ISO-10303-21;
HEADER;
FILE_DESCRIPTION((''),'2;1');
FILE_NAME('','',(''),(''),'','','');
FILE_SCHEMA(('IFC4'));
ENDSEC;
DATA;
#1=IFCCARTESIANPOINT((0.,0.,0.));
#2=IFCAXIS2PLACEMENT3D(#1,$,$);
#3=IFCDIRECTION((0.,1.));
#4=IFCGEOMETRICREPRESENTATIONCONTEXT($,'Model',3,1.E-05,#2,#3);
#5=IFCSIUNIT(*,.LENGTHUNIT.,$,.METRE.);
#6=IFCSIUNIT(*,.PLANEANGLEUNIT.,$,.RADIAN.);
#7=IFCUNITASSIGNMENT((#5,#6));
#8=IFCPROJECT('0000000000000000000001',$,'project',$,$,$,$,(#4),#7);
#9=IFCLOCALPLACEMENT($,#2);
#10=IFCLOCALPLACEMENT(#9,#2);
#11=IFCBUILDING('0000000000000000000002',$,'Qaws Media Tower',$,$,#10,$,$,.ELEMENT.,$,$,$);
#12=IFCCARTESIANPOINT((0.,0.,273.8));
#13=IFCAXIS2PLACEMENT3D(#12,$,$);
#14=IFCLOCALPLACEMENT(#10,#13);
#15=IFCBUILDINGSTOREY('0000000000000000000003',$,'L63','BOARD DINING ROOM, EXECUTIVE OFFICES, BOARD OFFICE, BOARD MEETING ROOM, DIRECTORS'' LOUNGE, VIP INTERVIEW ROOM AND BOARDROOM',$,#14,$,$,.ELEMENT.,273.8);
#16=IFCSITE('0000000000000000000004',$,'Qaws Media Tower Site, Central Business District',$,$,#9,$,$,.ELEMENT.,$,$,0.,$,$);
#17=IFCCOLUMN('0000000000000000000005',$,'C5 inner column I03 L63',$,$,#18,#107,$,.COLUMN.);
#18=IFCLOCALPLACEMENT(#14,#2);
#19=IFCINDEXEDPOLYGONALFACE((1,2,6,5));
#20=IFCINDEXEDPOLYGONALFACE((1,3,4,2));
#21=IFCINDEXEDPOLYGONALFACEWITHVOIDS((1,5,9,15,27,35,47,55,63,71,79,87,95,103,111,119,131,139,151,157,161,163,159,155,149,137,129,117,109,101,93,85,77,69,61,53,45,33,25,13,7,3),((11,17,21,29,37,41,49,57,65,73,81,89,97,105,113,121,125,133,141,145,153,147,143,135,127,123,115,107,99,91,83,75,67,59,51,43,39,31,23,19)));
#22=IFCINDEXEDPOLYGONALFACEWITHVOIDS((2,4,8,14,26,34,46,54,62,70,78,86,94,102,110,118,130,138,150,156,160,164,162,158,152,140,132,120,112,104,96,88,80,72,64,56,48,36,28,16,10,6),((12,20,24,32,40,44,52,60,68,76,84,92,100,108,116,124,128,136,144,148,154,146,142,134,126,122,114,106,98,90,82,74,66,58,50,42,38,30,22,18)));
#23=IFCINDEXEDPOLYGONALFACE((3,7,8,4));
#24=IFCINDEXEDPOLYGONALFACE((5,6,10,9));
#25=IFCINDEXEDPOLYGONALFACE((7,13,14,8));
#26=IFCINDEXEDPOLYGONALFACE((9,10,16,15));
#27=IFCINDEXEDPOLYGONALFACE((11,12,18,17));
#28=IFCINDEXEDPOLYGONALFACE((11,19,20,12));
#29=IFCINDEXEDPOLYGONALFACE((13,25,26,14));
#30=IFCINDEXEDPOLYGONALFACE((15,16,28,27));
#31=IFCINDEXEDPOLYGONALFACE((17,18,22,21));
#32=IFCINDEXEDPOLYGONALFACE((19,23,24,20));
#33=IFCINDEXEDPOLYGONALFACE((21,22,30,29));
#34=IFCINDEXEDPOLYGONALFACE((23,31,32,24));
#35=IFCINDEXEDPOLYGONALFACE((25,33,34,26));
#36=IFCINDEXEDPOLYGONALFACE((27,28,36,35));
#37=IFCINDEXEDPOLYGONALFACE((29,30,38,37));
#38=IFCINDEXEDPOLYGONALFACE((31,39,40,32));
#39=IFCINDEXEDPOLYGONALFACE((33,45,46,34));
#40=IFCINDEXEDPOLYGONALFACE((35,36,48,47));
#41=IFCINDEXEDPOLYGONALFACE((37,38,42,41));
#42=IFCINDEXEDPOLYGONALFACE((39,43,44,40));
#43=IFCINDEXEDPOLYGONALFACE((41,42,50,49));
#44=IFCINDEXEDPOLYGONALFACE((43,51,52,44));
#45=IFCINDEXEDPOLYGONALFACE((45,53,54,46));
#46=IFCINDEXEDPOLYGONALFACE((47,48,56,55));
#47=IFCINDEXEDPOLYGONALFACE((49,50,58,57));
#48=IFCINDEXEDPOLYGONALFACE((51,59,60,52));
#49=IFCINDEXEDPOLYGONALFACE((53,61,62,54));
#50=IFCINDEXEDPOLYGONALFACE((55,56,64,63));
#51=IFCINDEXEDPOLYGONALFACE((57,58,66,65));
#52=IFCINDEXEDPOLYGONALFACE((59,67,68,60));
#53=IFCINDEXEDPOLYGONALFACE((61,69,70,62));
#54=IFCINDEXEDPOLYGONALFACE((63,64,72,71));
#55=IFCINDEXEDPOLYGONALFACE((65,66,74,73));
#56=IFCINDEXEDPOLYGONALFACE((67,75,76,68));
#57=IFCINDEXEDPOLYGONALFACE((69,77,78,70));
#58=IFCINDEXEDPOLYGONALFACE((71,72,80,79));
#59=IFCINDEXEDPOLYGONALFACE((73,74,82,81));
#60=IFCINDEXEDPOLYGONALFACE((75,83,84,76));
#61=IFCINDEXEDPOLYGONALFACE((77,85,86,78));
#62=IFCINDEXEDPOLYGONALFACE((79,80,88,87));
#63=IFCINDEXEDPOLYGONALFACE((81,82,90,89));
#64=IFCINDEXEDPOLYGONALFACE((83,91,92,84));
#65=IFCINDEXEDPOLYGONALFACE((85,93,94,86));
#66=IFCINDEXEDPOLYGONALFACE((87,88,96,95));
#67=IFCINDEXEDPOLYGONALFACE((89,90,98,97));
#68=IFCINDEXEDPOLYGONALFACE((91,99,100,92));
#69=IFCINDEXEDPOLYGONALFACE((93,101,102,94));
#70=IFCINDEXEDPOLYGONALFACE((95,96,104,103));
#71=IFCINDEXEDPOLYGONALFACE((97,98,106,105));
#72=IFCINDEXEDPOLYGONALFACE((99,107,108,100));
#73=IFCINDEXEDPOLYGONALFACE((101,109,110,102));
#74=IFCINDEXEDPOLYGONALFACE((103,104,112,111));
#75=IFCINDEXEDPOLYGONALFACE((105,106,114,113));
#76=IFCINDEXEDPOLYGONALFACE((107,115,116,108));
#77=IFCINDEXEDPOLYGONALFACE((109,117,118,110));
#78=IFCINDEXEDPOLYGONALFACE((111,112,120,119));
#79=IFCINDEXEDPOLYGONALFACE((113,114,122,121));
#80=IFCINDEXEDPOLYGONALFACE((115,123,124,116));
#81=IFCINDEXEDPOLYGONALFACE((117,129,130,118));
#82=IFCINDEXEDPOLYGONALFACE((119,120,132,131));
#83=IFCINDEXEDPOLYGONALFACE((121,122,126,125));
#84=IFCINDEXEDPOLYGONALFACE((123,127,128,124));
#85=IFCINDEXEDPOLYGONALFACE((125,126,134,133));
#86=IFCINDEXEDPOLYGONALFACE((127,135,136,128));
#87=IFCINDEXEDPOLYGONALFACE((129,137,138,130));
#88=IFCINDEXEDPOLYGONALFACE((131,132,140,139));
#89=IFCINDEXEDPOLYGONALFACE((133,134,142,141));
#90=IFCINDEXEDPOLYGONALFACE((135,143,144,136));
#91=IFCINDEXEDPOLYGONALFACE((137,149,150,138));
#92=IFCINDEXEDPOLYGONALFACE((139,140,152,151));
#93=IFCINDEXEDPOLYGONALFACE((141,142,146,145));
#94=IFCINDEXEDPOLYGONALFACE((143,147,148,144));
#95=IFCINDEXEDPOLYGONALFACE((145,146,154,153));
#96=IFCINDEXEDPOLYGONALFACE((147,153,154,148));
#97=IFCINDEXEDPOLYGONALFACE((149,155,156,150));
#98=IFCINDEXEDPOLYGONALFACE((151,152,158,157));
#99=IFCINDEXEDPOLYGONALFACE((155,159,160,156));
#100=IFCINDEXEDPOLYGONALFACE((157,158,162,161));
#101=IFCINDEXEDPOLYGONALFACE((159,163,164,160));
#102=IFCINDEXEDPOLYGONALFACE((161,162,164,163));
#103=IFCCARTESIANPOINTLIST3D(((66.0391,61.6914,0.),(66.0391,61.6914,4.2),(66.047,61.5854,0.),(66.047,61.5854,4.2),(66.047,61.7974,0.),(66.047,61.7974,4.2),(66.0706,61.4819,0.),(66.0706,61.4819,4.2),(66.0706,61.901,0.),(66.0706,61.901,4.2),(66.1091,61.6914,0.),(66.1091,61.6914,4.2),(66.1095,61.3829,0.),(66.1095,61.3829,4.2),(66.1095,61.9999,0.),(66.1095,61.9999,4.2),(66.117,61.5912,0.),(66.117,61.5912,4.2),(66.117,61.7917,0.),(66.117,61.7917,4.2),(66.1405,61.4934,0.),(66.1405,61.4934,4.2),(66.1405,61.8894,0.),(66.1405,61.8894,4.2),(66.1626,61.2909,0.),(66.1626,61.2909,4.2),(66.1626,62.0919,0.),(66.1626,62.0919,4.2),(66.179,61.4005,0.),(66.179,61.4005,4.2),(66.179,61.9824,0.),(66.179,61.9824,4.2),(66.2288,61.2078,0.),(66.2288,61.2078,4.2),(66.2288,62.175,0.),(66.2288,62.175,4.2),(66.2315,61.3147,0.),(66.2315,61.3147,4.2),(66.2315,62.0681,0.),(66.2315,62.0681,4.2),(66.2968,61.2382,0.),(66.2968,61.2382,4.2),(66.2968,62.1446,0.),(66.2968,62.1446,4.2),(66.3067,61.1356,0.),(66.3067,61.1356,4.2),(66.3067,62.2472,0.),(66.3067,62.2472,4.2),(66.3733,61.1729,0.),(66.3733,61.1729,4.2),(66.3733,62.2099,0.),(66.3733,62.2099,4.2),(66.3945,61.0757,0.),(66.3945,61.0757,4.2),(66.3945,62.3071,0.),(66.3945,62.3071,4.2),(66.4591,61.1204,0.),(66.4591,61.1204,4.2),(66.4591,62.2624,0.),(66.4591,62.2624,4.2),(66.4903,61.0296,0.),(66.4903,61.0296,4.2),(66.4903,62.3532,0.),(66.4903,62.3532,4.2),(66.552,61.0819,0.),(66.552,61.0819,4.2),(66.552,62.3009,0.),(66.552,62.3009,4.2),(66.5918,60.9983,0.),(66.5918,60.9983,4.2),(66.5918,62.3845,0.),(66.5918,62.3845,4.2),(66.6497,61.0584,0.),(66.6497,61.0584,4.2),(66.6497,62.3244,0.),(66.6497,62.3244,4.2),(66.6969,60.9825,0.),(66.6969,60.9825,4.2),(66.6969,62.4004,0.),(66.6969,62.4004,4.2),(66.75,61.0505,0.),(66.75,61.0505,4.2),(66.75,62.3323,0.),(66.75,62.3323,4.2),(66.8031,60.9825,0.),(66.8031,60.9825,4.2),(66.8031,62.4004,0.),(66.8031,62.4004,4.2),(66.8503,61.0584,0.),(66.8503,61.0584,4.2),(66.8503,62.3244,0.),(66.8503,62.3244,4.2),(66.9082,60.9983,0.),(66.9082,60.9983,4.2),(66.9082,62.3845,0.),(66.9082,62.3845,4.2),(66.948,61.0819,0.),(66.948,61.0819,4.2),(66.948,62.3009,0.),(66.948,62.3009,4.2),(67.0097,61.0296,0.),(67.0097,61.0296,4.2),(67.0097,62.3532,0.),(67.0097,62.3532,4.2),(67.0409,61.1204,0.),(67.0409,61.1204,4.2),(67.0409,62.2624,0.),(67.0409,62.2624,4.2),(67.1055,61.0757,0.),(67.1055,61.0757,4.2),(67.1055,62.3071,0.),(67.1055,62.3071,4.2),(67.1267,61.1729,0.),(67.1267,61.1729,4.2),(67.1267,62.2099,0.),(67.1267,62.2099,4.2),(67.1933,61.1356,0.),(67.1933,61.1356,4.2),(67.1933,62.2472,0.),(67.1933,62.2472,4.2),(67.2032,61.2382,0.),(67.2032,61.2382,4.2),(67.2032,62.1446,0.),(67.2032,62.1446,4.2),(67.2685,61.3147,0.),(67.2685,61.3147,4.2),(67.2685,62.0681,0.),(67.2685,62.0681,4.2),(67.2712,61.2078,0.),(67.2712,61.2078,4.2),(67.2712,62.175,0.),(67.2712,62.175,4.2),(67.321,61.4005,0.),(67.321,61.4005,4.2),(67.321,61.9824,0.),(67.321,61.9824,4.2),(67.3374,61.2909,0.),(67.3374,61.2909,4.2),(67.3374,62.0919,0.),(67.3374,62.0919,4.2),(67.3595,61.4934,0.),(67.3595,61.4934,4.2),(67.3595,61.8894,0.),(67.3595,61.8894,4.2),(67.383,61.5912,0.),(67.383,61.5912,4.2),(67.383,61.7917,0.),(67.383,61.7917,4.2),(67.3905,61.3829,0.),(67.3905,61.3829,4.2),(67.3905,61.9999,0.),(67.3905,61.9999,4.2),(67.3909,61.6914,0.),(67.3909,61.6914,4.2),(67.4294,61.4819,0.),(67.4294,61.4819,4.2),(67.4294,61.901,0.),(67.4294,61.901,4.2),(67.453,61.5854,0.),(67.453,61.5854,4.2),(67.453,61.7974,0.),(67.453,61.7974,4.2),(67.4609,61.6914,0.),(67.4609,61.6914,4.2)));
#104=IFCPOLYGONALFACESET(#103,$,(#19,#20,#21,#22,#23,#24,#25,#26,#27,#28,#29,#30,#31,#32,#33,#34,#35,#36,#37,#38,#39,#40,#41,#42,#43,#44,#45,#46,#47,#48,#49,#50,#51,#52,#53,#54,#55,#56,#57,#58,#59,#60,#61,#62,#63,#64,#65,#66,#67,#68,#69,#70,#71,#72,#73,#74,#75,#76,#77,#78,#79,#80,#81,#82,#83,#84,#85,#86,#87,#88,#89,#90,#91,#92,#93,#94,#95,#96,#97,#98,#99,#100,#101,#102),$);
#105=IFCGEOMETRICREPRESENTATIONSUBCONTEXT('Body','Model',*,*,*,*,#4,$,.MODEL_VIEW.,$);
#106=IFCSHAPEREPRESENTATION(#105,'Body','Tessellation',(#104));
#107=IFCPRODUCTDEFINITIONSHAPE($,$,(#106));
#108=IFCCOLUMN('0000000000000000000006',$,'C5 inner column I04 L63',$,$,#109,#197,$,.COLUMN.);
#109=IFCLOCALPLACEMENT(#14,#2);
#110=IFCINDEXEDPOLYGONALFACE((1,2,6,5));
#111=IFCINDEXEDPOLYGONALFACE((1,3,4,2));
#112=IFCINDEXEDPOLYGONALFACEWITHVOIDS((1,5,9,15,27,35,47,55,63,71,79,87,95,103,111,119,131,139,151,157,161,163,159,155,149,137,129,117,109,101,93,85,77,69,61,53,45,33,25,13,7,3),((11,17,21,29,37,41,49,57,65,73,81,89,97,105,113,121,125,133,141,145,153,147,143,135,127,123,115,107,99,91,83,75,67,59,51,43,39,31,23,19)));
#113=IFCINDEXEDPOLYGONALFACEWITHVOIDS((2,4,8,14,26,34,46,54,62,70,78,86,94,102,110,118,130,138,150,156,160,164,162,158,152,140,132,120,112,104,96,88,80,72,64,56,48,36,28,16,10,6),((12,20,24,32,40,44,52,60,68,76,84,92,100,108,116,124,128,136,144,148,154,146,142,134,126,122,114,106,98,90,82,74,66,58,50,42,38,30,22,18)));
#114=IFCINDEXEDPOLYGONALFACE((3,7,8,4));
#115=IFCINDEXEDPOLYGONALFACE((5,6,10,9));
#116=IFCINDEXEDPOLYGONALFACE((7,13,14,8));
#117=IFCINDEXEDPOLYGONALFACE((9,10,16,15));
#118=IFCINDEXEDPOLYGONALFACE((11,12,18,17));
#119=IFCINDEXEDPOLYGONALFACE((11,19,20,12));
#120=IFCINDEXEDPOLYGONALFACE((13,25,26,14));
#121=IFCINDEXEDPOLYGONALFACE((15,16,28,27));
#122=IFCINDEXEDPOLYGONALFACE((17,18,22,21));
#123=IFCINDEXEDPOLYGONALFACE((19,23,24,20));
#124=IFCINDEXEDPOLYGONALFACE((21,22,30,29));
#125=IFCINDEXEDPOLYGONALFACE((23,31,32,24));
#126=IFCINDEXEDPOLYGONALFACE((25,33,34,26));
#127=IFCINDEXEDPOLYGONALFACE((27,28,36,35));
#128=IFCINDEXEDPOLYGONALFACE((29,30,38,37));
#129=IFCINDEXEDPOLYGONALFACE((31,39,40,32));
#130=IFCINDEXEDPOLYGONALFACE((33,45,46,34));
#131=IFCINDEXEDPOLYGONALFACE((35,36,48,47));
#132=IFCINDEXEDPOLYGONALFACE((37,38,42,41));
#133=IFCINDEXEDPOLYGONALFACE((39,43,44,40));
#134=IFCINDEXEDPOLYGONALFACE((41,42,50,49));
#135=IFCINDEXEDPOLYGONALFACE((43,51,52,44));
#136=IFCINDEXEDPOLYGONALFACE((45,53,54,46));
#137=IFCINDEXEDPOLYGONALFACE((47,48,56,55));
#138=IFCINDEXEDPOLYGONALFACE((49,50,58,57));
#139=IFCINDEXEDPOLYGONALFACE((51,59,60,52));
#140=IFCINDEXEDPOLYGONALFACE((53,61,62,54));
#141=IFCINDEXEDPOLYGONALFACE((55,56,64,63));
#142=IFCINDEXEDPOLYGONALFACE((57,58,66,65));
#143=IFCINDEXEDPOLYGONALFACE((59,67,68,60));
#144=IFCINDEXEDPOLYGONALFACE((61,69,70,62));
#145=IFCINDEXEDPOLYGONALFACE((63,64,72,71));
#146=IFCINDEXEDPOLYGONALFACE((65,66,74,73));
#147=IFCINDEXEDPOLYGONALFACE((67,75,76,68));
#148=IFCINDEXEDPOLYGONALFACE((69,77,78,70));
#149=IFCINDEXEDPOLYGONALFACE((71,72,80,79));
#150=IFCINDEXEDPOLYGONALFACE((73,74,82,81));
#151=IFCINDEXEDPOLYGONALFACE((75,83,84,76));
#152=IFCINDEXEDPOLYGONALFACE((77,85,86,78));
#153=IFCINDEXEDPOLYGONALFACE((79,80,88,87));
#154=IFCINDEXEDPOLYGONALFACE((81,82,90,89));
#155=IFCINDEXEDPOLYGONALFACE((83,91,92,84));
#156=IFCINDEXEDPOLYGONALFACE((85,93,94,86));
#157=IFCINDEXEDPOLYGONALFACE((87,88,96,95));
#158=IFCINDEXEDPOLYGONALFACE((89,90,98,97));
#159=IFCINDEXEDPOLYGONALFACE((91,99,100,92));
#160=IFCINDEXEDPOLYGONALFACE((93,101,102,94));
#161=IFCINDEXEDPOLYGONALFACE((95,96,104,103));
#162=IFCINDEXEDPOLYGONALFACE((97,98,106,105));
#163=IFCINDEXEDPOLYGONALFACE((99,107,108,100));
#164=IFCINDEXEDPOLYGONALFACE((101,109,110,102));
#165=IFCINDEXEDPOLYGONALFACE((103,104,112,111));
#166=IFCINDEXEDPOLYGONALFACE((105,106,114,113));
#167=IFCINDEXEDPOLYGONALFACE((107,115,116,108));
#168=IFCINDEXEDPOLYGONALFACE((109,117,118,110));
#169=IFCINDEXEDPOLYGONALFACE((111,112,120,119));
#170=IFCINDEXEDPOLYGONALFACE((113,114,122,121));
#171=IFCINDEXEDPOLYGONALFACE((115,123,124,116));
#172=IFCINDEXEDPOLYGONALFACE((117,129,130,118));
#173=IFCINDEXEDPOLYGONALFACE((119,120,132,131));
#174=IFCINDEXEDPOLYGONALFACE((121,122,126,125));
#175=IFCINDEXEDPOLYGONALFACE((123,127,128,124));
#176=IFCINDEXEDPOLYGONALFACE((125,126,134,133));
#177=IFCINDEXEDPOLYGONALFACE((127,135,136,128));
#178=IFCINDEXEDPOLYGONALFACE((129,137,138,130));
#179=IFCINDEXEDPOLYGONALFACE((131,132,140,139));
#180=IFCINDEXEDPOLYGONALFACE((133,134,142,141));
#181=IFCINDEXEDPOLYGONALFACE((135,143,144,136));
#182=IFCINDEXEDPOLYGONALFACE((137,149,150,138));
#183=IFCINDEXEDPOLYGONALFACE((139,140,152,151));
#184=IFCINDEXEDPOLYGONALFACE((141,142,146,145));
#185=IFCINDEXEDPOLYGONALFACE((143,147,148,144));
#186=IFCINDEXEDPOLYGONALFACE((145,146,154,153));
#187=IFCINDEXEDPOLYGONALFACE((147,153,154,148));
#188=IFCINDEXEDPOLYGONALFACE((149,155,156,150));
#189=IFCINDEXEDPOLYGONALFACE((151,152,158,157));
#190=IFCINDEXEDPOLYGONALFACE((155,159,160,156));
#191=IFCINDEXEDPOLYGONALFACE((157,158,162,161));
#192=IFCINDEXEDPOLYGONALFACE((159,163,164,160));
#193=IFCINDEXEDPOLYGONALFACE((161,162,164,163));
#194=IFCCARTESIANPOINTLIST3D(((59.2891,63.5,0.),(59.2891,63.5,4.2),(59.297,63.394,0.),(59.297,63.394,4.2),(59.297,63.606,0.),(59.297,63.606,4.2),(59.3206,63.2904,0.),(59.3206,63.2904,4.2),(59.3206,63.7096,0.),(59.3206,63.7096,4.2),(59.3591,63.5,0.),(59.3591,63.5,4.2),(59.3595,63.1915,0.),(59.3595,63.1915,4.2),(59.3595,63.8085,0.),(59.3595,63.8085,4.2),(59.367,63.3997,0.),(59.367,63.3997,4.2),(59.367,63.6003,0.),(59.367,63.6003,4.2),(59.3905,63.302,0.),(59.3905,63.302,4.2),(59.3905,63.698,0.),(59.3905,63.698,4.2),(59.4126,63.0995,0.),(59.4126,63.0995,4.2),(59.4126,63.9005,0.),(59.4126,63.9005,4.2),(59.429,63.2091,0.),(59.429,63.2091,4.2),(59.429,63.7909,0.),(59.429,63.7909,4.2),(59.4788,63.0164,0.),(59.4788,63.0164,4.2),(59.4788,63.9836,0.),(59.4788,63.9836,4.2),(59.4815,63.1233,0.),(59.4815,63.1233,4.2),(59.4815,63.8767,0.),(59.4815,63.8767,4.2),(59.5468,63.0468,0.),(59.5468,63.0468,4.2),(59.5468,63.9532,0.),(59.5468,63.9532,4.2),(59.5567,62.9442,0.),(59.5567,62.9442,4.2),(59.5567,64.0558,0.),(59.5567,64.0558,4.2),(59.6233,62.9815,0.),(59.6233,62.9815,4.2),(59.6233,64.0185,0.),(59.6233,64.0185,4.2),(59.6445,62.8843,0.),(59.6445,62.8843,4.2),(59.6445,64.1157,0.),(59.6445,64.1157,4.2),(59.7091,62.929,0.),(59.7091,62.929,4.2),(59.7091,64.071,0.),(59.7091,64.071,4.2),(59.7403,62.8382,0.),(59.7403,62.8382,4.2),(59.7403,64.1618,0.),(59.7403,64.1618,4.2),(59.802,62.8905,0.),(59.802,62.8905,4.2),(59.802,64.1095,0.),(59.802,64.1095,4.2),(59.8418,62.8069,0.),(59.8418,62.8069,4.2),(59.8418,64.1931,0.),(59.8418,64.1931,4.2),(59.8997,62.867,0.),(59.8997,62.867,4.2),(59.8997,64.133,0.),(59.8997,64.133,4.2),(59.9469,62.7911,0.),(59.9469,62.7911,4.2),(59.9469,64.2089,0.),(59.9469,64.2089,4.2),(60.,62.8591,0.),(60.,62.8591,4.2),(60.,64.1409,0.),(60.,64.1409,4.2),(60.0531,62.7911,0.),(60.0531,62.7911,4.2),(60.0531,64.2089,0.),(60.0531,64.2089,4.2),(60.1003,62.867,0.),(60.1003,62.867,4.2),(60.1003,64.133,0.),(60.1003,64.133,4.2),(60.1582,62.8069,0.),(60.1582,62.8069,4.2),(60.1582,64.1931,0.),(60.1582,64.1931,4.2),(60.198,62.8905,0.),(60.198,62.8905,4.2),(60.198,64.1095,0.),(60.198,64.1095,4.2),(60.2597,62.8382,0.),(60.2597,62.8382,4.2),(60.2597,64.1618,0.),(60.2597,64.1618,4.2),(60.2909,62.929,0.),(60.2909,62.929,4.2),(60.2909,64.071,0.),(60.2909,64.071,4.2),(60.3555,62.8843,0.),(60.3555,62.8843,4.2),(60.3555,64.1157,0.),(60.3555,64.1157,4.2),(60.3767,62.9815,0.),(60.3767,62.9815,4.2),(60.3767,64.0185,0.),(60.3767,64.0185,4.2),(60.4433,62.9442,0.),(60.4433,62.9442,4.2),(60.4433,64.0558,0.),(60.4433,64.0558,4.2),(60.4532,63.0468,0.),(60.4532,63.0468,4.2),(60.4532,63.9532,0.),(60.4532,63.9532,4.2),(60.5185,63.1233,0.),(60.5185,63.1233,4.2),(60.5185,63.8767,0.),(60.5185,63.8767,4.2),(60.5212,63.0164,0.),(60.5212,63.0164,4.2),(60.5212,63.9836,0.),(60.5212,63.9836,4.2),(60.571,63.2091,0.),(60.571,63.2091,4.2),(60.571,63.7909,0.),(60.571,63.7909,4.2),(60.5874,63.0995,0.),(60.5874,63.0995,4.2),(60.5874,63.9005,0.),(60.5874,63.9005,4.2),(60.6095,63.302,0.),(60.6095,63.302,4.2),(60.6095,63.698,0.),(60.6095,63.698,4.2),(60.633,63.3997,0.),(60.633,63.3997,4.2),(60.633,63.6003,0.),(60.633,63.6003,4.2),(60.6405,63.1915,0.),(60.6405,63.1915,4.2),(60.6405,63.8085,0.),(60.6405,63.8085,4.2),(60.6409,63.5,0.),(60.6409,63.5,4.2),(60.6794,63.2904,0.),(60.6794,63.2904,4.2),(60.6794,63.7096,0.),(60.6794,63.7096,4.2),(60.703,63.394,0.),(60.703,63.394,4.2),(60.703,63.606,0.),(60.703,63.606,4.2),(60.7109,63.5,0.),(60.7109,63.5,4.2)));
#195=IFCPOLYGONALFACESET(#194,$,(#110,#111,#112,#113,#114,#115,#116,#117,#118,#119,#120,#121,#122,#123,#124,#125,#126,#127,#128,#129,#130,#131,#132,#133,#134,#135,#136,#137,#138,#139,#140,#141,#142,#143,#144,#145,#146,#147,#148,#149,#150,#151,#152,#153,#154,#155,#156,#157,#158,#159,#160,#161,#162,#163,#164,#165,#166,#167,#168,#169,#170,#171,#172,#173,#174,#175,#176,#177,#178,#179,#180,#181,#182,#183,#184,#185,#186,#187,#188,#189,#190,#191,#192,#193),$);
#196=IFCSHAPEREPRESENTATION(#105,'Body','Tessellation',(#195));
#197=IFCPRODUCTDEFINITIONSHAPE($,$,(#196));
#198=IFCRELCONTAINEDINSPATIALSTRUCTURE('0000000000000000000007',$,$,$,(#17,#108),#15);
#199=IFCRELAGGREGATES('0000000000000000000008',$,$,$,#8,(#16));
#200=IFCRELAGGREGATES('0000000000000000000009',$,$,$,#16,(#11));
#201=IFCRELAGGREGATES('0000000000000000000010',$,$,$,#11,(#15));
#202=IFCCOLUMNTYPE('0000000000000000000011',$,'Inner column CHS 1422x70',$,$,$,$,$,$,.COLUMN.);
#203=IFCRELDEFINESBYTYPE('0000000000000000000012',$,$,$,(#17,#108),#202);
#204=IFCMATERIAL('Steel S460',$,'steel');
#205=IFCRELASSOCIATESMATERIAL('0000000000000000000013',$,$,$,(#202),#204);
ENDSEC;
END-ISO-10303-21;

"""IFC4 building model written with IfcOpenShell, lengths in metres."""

from ifc_helpers import new_model, si_unit, direction, frame, origin, origin_2d, place, context, subcontext, project, spatial, hollow_circle, extrude, material, material_profile, profile_set, type_object, element, save


model = new_model("IFC4")

# Units and contexts
model_context = context("Model", 3, precision=1e-05, world=origin(), true_north=direction((0.0, 1.0)))
body_context = subcontext(model_context, "Body", "Model", "MODEL_VIEW")
ifc_project = project(units=[si_unit("LENGTHUNIT", "METRE"), si_unit("PLANEANGLEUNIT", "RADIAN")], contexts=[model_context])

# Site, building, storey
site_placement = place(None, origin())
site = spatial("IfcSite", under=ifc_project, at=site_placement, Name="Qaws Media Tower Site, Central Business District", CompositionType="ELEMENT", RefElevation=0.0)
building_placement = place(site_placement, origin())
building = spatial("IfcBuilding", under=site, at=building_placement, Name="Qaws Media Tower", CompositionType="ELEMENT")
storey_placement = place(building_placement, frame((0.0, 0.0, 273.8)))
storey = spatial("IfcBuildingStorey", under=building, at=storey_placement, Name="L63", Description="BOARD DINING ROOM, EXECUTIVE OFFICES, BOARD OFFICE, BOARD MEETING ROOM, DIRECTORS' LOUNGE, VIP INTERVIEW ROOM AND BOARDROOM", CompositionType="ELEMENT", Elevation=273.8)

# Columns
ifc_material_1 = material(Name="Steel S460", Category="steel")
ifc_material_profile_1 = material_profile(ifc_material_1, hollow_circle(Radius=0.7109, WallThickness=0.0701, at=origin_2d()), Name="CHS 1422x70")
ifc_profile_set_1 = profile_set([ifc_material_profile_1], Name="Steel S460")
column_type = type_object("IfcColumnType", Name="Inner column CHS 1422x70", PredefinedType="COLUMN", material=ifc_profile_set_1)
for number, where, z_axis, x_axis, name in (
    (1, (66.75, 61.6914, 0.0), (0.0, 0.0, 1.0), (1.0, 0.0, 0.0), "C5 inner column I03 L63"),
    (2, (60.0, 63.5, 0.0), (0.0, 0.0, 1.0), (1.0, 0.0, 0.0), "C5 inner column I04 L63"),
):
    element("IfcColumn", number, at=place(storey_placement, frame(where, z_axis=z_axis, x_axis=x_axis)), inside=storey, type_object=column_type, Name=name, PredefinedType="COLUMN", context=body_context, shape_type="SweptSolid", body=[
        extrude(hollow_circle(Radius=0.7109, WallThickness=0.0701, at=origin_2d()), origin(), (0.0, 0.0, 1.0), 4.2),
    ])

save(model, "model.ifc")
